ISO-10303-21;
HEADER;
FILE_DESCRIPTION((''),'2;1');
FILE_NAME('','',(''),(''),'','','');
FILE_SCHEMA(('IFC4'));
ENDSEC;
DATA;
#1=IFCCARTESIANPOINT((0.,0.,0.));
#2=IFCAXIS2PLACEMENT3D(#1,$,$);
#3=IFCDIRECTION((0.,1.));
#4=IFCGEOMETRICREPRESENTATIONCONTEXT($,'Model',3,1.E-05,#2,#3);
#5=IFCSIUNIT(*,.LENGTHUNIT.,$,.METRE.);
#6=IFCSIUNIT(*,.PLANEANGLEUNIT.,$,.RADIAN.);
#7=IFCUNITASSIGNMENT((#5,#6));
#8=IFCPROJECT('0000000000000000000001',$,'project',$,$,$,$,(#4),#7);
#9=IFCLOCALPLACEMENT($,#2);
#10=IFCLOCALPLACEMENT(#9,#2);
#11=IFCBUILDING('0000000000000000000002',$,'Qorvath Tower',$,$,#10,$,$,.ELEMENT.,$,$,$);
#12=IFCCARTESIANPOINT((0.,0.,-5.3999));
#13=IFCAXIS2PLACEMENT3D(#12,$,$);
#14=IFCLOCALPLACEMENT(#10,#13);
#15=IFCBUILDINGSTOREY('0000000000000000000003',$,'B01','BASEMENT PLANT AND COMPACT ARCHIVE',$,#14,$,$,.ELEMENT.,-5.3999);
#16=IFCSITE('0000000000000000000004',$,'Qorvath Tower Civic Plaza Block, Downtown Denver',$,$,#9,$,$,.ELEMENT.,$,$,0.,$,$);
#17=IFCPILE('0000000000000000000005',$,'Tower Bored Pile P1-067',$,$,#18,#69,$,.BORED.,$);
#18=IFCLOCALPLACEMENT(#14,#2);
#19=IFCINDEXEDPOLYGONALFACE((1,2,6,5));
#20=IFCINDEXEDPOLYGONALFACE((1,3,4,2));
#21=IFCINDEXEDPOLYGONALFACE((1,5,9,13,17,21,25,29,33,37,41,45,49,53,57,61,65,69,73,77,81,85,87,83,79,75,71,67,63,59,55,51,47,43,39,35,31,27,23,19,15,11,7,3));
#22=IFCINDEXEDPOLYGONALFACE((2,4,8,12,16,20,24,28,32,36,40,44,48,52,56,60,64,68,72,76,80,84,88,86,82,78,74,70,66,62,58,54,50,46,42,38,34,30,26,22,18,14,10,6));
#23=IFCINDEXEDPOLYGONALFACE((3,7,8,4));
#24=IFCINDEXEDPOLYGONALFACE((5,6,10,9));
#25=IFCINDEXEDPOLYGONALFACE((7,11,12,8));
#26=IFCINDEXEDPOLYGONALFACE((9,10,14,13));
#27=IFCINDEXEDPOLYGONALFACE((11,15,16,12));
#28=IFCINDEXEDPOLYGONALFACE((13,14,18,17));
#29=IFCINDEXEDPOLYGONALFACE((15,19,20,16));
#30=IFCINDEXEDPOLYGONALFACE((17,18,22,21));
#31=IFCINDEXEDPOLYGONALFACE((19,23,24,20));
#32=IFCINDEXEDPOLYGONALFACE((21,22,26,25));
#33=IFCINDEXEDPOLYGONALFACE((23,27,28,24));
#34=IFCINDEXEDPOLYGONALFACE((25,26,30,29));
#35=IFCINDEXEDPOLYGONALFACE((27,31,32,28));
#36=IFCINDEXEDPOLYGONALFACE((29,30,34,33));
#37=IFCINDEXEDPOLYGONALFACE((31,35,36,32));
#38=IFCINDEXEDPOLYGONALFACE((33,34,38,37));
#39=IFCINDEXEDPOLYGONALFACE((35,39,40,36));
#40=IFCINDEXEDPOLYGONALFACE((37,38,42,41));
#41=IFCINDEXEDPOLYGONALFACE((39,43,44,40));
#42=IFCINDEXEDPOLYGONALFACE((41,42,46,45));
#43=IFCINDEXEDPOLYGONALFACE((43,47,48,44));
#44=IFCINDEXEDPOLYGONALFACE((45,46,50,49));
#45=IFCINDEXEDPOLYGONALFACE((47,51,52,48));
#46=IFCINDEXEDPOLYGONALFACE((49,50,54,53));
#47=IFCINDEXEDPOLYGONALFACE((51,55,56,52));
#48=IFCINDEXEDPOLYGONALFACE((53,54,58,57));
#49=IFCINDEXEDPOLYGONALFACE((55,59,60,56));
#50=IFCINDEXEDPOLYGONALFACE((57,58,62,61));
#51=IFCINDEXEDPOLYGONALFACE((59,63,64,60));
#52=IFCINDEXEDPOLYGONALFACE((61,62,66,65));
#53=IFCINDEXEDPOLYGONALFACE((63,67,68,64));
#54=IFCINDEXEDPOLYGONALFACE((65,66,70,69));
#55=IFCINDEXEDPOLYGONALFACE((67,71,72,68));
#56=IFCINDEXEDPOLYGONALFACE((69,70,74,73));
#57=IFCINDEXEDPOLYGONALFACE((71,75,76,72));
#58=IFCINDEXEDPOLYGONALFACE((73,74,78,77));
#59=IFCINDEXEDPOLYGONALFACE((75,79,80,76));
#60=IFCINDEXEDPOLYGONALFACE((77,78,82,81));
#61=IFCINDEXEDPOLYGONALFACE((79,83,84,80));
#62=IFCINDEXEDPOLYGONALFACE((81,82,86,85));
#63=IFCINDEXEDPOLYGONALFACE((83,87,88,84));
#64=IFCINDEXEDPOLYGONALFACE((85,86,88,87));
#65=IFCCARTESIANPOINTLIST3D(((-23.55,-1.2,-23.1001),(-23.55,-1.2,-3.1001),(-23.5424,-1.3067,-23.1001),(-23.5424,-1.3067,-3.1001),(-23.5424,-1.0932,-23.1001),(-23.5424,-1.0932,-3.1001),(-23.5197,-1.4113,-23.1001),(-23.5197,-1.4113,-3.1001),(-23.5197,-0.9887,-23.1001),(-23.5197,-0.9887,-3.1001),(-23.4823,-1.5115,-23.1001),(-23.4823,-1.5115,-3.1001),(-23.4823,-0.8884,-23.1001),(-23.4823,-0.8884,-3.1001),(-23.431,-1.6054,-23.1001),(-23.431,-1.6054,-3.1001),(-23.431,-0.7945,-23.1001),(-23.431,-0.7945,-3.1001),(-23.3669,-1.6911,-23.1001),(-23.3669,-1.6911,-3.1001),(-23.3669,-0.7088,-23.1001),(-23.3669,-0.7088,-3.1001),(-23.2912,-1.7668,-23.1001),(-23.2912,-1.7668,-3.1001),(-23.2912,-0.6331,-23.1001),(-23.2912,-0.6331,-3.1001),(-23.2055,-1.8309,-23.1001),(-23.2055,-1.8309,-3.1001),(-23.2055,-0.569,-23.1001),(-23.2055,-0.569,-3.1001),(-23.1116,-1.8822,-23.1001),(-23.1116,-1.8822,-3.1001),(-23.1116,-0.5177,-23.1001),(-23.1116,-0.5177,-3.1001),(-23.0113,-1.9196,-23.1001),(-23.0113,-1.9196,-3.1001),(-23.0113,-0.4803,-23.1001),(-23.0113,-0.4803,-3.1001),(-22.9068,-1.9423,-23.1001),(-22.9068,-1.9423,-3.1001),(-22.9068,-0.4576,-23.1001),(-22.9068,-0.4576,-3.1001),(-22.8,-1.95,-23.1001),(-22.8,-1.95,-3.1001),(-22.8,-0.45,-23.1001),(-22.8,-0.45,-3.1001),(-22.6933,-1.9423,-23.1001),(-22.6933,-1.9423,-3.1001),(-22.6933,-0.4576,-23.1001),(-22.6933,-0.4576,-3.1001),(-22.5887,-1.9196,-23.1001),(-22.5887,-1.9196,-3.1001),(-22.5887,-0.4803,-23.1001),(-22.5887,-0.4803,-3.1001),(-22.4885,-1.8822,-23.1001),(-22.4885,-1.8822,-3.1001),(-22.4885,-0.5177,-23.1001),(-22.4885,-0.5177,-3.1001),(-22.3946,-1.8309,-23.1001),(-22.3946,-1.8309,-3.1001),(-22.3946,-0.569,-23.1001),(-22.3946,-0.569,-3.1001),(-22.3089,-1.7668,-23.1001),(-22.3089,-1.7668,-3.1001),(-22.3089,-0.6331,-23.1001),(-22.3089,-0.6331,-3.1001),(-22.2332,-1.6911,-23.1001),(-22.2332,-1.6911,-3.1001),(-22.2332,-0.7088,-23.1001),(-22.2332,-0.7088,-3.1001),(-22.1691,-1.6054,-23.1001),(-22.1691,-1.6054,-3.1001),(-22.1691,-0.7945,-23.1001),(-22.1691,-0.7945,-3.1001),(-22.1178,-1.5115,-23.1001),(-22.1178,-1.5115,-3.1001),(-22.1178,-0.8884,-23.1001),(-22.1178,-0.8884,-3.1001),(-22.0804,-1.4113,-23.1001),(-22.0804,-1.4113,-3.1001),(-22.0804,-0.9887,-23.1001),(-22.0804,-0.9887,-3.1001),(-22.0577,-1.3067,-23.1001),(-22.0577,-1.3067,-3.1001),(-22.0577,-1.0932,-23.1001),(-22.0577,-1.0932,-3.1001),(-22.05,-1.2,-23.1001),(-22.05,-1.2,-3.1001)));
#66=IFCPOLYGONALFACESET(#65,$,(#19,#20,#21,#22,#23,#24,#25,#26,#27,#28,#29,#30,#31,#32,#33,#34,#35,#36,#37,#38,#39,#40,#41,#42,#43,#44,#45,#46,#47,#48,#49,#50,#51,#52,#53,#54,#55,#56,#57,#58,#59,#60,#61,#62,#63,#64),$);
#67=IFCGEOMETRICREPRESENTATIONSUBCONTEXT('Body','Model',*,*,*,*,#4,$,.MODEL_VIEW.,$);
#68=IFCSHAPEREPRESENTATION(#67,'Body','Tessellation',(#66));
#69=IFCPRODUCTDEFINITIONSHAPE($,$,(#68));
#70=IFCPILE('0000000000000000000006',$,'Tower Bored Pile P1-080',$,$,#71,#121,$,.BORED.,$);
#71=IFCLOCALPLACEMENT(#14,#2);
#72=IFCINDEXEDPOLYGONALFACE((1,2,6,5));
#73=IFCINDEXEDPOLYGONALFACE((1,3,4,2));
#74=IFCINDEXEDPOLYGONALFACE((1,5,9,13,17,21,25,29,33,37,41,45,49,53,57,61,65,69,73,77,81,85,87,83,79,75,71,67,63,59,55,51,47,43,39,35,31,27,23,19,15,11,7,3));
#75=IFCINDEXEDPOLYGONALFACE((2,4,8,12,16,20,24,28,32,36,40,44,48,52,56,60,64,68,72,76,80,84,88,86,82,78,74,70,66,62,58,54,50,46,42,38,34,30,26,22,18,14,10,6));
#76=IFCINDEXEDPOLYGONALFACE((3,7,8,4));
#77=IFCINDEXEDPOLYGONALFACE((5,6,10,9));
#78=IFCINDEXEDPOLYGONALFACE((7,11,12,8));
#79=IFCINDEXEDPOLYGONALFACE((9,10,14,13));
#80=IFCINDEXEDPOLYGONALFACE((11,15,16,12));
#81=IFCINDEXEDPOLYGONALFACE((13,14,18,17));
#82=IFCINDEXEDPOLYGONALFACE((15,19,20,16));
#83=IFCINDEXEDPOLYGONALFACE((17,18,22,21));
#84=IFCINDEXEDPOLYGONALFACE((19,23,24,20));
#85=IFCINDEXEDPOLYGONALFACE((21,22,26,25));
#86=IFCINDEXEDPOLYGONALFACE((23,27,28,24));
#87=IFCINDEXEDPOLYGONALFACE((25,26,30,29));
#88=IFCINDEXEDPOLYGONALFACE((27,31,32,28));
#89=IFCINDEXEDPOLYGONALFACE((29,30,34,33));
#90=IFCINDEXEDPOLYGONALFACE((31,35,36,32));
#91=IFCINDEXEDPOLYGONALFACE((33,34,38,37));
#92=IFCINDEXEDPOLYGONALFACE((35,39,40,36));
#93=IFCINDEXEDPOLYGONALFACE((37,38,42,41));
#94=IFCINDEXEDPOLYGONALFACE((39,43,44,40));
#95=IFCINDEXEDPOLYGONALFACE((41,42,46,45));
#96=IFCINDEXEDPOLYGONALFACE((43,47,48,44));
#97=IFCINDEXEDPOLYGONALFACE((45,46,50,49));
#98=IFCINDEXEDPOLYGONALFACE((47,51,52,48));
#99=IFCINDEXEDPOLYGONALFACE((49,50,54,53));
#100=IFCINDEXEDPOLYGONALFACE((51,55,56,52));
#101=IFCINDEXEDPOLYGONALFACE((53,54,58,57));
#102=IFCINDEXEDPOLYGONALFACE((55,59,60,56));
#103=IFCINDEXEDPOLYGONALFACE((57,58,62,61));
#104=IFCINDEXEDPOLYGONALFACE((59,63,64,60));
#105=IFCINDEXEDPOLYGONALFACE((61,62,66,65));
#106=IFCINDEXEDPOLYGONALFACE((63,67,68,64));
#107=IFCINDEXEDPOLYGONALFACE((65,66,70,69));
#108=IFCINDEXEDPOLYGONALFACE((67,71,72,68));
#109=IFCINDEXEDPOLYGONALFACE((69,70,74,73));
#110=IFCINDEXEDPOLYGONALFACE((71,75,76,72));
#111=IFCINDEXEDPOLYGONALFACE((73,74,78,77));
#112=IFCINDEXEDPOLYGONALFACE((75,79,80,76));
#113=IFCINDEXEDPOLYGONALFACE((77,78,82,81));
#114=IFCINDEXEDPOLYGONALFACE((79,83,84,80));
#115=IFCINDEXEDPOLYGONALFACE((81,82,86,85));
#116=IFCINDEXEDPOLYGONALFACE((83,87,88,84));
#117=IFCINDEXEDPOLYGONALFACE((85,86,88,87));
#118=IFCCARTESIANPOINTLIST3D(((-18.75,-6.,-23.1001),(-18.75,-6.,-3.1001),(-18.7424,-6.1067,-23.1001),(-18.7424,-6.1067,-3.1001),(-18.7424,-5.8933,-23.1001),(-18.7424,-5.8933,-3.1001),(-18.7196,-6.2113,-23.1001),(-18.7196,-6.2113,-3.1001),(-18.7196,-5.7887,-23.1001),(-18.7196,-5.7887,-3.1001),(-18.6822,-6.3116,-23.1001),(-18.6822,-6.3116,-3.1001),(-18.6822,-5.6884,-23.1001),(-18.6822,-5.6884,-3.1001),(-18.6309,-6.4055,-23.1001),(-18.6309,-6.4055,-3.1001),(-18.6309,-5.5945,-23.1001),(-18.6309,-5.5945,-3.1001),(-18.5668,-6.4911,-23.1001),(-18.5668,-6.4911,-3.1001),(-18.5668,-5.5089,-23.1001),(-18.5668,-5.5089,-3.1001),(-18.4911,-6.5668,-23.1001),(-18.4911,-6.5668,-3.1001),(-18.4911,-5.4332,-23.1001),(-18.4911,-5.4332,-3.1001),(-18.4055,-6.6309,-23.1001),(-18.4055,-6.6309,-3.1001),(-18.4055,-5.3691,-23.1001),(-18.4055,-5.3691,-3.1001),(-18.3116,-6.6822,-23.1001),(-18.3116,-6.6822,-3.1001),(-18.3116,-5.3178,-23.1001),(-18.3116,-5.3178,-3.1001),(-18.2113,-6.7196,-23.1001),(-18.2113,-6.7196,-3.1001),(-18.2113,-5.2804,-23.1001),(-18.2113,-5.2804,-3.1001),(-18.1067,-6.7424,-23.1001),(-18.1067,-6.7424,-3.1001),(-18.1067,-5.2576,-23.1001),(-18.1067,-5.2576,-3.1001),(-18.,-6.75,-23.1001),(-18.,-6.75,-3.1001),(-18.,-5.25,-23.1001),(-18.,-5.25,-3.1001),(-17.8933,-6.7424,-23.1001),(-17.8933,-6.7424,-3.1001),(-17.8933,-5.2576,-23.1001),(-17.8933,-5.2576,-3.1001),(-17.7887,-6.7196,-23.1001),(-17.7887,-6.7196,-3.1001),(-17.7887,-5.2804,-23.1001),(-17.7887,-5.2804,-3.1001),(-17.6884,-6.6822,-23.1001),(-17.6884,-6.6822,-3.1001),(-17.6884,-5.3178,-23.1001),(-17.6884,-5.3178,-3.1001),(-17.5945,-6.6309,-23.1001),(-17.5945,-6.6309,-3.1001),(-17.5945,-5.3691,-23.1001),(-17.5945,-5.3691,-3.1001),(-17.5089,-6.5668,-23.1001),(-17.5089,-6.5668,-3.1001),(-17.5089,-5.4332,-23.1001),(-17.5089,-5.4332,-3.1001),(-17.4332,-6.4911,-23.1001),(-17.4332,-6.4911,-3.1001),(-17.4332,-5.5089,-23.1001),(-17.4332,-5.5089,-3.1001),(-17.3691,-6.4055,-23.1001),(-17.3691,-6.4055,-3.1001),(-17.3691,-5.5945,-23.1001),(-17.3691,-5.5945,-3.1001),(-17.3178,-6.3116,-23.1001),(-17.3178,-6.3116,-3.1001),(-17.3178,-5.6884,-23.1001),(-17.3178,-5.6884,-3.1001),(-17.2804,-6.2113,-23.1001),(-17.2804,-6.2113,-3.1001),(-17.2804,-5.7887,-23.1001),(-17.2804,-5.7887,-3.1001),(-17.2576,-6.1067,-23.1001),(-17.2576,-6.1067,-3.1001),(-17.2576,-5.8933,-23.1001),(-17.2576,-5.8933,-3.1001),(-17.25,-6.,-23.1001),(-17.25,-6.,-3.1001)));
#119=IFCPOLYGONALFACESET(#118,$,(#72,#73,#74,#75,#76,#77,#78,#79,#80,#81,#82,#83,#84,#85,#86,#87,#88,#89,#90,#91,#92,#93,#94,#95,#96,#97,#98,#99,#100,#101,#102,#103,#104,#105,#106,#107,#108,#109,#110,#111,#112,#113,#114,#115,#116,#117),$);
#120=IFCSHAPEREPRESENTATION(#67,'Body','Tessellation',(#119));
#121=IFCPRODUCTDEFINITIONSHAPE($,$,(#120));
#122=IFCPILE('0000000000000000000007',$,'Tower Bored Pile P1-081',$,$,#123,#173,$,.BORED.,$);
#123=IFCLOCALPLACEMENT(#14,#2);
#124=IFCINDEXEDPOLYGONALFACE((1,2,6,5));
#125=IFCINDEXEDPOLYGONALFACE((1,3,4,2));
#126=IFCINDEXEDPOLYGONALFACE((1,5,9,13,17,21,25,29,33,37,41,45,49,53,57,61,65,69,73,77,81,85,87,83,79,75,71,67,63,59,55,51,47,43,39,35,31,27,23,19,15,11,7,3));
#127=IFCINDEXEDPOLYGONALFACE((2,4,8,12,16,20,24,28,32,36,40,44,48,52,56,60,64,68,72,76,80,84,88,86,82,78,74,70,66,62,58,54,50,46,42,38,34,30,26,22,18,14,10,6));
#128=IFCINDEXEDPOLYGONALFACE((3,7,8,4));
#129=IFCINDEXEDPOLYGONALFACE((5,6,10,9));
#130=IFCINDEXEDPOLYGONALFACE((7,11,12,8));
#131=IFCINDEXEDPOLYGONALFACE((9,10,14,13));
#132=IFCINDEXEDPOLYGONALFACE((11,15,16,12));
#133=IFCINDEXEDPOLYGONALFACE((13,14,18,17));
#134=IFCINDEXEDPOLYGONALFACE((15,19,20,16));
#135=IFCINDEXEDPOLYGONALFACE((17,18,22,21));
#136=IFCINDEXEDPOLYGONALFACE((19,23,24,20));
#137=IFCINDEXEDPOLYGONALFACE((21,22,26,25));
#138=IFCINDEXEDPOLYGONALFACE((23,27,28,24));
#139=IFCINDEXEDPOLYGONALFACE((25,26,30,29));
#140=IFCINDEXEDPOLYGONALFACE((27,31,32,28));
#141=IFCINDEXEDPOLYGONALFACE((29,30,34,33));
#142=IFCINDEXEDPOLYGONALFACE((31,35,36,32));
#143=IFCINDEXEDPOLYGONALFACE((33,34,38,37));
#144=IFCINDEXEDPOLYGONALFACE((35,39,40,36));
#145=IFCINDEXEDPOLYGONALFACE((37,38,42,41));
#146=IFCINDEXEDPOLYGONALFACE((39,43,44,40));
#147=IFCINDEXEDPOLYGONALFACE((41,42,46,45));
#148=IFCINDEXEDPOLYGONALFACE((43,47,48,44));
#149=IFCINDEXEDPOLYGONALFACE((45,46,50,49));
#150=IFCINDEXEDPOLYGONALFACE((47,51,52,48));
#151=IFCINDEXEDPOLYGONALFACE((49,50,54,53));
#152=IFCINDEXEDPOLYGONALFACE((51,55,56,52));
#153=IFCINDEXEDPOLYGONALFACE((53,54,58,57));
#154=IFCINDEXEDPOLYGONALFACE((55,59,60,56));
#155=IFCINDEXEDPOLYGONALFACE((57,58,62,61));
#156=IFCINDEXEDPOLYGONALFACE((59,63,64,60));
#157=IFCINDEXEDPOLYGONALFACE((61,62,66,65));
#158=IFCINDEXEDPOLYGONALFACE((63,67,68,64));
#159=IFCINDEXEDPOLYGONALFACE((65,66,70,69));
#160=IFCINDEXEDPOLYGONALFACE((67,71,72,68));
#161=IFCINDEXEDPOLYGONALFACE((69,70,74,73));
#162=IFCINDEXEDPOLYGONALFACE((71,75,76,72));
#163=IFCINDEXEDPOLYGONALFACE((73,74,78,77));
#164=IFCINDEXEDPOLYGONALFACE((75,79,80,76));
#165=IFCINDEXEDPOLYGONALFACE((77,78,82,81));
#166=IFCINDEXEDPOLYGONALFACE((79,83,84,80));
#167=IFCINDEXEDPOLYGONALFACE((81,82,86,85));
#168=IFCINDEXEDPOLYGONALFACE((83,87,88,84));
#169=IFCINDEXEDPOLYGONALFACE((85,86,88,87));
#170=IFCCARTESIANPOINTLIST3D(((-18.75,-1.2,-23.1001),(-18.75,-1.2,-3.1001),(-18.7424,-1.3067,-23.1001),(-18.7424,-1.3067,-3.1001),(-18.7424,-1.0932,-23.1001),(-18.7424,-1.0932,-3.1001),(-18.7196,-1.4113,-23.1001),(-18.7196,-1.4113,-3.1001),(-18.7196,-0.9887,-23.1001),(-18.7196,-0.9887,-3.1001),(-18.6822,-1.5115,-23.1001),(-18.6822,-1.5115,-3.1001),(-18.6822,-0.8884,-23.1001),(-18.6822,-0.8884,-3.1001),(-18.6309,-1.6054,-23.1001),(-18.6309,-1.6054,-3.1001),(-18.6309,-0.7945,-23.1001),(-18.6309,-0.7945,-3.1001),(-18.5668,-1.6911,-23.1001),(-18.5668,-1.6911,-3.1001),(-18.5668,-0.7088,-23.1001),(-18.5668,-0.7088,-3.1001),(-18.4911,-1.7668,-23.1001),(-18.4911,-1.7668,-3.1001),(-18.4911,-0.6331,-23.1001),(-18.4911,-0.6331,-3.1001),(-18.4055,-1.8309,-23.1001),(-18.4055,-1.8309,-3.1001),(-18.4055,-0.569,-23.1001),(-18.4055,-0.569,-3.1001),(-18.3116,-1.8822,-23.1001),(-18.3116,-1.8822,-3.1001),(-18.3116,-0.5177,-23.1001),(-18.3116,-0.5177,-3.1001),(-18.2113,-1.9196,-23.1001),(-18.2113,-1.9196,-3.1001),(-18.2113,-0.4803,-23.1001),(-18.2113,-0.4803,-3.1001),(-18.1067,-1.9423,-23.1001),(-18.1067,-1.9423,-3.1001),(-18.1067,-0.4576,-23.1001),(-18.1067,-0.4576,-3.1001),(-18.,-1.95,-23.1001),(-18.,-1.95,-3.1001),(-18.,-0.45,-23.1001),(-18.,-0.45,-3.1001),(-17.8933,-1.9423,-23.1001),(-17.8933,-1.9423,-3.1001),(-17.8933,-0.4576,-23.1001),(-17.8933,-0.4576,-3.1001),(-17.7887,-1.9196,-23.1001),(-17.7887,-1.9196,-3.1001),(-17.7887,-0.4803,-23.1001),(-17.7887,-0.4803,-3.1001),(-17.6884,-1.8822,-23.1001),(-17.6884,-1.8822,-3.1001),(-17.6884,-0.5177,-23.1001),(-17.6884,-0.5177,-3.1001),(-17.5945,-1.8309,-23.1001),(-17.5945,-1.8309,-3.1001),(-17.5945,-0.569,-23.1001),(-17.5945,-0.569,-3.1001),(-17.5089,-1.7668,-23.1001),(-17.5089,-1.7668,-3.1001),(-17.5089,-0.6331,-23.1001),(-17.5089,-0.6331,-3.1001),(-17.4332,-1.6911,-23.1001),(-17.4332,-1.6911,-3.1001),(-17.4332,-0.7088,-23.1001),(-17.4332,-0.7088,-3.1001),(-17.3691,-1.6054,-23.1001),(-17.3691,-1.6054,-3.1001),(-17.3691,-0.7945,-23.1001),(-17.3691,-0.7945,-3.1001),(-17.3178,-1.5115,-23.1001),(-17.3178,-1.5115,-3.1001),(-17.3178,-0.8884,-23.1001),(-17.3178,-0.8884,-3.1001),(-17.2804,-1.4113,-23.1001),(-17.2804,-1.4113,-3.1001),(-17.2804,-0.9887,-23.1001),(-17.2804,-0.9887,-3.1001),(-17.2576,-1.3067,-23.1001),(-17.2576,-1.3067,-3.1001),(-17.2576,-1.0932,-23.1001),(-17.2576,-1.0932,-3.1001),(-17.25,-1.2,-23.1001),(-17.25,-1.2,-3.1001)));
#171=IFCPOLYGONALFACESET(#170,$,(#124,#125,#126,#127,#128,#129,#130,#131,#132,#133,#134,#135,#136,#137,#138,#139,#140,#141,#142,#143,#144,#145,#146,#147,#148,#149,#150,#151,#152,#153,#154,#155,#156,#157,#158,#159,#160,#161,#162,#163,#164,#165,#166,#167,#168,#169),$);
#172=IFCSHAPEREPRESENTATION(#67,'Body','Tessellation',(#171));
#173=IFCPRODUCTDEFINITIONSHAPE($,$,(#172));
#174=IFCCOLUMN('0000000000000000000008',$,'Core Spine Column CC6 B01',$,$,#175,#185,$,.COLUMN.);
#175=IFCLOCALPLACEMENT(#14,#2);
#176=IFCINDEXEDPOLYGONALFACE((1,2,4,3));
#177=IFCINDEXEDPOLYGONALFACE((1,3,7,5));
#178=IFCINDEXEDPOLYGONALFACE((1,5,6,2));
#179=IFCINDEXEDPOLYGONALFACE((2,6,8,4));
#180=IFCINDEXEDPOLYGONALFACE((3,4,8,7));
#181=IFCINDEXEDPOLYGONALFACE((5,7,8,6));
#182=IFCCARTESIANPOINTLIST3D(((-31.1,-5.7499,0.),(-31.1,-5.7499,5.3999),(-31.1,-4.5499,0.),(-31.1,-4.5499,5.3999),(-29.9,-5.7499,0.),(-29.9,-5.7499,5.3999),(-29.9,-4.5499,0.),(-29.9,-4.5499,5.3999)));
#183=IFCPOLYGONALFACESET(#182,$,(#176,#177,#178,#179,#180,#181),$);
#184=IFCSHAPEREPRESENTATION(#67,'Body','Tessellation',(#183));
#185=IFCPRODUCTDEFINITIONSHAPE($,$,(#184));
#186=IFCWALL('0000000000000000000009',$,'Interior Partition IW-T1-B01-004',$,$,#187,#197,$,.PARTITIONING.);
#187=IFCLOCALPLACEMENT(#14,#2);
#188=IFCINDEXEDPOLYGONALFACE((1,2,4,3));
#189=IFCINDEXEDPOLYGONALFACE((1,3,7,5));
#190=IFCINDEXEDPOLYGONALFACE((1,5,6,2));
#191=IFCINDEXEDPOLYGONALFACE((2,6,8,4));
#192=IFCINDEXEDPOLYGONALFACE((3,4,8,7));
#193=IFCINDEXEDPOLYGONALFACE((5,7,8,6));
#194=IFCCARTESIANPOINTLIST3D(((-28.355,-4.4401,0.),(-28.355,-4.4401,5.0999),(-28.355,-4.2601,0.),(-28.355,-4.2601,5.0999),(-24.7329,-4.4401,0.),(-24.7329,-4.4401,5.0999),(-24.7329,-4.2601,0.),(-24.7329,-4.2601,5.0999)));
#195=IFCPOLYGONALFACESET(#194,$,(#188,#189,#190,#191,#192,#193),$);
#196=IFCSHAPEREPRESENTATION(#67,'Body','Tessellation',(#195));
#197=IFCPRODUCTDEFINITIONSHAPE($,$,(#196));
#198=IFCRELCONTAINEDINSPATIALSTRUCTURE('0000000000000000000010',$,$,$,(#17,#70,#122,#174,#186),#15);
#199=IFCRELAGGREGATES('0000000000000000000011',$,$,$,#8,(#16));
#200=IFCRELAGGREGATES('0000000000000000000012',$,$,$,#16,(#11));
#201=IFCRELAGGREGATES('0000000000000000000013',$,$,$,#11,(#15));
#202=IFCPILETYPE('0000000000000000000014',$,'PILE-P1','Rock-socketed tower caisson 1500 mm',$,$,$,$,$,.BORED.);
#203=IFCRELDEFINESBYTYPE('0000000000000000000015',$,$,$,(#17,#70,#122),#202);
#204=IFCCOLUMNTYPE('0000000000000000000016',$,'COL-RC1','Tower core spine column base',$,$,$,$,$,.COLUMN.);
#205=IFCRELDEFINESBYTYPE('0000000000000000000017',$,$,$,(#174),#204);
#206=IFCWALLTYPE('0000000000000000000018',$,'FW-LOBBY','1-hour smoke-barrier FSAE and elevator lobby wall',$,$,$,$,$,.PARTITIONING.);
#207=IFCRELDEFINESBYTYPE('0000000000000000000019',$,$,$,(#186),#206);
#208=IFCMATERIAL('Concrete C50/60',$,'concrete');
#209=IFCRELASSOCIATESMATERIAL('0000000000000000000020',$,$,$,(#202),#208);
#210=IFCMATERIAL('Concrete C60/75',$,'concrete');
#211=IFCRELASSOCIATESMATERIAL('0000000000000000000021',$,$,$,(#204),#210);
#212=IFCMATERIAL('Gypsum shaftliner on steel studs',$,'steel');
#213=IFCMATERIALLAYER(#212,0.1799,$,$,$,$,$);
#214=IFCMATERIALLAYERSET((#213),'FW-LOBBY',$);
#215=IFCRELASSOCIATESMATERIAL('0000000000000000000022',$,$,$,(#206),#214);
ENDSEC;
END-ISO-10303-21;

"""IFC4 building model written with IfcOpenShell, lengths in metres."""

from ifc_helpers import new_model, si_unit, direction, frame, frame_2d, origin, origin_2d, place, context, subcontext, project, spatial, rectangle, circle, extrude, material, layer, layer_set, material_profile, profile_set, type_object, element, save


model = new_model("IFC4")

# Units and contexts
model_context = context("Model", 3, precision=1e-05, world=origin(), true_north=direction((0.0, 1.0)))
body_context = subcontext(model_context, "Body", "Model", "MODEL_VIEW")
ifc_project = project(units=[si_unit("LENGTHUNIT", "METRE"), si_unit("PLANEANGLEUNIT", "RADIAN")], contexts=[model_context])

# Site, building, storey
site_placement = place(None, origin())
site = spatial("IfcSite", under=ifc_project, at=site_placement, Name="Qorvath Tower Civic Plaza Block, Downtown Denver", CompositionType="ELEMENT", RefElevation=0.0)
building_placement = place(site_placement, origin())
building = spatial("IfcBuilding", under=site, at=building_placement, Name="Qorvath Tower", CompositionType="ELEMENT")
storey_placement = place(building_placement, frame((0.0, 0.0, -5.3999)))
storey = spatial("IfcBuildingStorey", under=building, at=storey_placement, Name="B01", Description="BASEMENT PLANT AND COMPACT ARCHIVE", CompositionType="ELEMENT", Elevation=-5.3999)

# Piles
ifc_material_1 = material(Name="Concrete C50/60", Category="concrete")
ifc_material_profile_1 = material_profile(ifc_material_1, circle(Radius=0.75, at=origin_2d()), Name="BORED PILE 1500")
ifc_profile_set_1 = profile_set([ifc_material_profile_1], Name="Concrete C50/60")
pile_type = type_object("IfcPileType", Name="PILE-P1", Description="Rock-socketed tower caisson 1500 mm", PredefinedType="BORED", material=ifc_profile_set_1)
for number, where, z_axis, x_axis, name in (
    (1, (-22.8, -1.2, -3.1001), (0.0, 0.0, -1.0), (1.0, 0.0, 0.0), "Tower Bored Pile P1-067"),
    (2, (-18.0, -6.0, -3.1001), (0.0, 0.0, -1.0), (1.0, 0.0, 0.0), "Tower Bored Pile P1-080"),
    (3, (-18.0, -1.2, -3.1001), (0.0, 0.0, -1.0), (1.0, 0.0, 0.0), "Tower Bored Pile P1-081"),
):
    element("IfcPile", number, at=place(storey_placement, frame(where, z_axis=z_axis, x_axis=x_axis)), inside=storey, type_object=pile_type, Name=name, PredefinedType="BORED", context=body_context, shape_type="SweptSolid", body=[
        extrude(circle(Radius=0.75, at=origin_2d()), origin(), (0.0, 0.0, 1.0), 20.0),
    ])

# Column
ifc_material_2 = material(Name="Concrete C60/75", Category="concrete")
ifc_material_profile_2 = material_profile(ifc_material_2, rectangle(XDim=1.2, YDim=1.2, at=origin_2d()), Name="RC 1200x1200")
ifc_profile_set_2 = profile_set([ifc_material_profile_2], Name="Concrete C60/75")
column_type = type_object("IfcColumnType", Name="COL-RC1", Description="Tower core spine column base", PredefinedType="COLUMN", material=ifc_profile_set_2)
column_placement = place(storey_placement, frame((-30.5, -5.1499, 0.0), z_axis=(0.0, 0.0, 1.0), x_axis=(1.0, 0.0, 0.0)))
element("IfcColumn", 4, at=column_placement, inside=storey, type_object=column_type, Name="Core Spine Column CC6 B01", PredefinedType="COLUMN", context=body_context, shape_type="SweptSolid", body=[
    extrude(rectangle(XDim=1.2, YDim=1.2, at=origin_2d()), origin(), (0.0, 0.0, 1.0), 5.3999),
])

# Wall
ifc_material_3 = material(Name="Gypsum shaftliner on steel studs", Category="steel")
ifc_layer_1 = layer(ifc_material_3, 0.1799)
ifc_layer_set_1 = layer_set([ifc_layer_1], Name="FW-LOBBY")
wall_type_1 = type_object("IfcWallType", Name="FW-LOBBY", Description="1-hour smoke-barrier FSAE and elevator lobby wall", PredefinedType="PARTITIONING", material=ifc_layer_set_1)
wall_1_placement = place(storey_placement, frame((-24.7329, -4.3501, 0.0), z_axis=(0.0, 0.0, 1.0), x_axis=(-1.0, 0.0, 0.0)))
element("IfcWall", 5, at=wall_1_placement, inside=storey, type_object=wall_type_1, Name="Interior Partition IW-T1-B01-004", PredefinedType="PARTITIONING", context=body_context, shape_type="SweptSolid", body=[
    extrude(rectangle(XDim=3.6221, YDim=0.1799, at=frame_2d((1.811, 0.0))), origin(), (0.0, 0.0, 1.0), 5.0999),
])

save(model, "model.ifc")
